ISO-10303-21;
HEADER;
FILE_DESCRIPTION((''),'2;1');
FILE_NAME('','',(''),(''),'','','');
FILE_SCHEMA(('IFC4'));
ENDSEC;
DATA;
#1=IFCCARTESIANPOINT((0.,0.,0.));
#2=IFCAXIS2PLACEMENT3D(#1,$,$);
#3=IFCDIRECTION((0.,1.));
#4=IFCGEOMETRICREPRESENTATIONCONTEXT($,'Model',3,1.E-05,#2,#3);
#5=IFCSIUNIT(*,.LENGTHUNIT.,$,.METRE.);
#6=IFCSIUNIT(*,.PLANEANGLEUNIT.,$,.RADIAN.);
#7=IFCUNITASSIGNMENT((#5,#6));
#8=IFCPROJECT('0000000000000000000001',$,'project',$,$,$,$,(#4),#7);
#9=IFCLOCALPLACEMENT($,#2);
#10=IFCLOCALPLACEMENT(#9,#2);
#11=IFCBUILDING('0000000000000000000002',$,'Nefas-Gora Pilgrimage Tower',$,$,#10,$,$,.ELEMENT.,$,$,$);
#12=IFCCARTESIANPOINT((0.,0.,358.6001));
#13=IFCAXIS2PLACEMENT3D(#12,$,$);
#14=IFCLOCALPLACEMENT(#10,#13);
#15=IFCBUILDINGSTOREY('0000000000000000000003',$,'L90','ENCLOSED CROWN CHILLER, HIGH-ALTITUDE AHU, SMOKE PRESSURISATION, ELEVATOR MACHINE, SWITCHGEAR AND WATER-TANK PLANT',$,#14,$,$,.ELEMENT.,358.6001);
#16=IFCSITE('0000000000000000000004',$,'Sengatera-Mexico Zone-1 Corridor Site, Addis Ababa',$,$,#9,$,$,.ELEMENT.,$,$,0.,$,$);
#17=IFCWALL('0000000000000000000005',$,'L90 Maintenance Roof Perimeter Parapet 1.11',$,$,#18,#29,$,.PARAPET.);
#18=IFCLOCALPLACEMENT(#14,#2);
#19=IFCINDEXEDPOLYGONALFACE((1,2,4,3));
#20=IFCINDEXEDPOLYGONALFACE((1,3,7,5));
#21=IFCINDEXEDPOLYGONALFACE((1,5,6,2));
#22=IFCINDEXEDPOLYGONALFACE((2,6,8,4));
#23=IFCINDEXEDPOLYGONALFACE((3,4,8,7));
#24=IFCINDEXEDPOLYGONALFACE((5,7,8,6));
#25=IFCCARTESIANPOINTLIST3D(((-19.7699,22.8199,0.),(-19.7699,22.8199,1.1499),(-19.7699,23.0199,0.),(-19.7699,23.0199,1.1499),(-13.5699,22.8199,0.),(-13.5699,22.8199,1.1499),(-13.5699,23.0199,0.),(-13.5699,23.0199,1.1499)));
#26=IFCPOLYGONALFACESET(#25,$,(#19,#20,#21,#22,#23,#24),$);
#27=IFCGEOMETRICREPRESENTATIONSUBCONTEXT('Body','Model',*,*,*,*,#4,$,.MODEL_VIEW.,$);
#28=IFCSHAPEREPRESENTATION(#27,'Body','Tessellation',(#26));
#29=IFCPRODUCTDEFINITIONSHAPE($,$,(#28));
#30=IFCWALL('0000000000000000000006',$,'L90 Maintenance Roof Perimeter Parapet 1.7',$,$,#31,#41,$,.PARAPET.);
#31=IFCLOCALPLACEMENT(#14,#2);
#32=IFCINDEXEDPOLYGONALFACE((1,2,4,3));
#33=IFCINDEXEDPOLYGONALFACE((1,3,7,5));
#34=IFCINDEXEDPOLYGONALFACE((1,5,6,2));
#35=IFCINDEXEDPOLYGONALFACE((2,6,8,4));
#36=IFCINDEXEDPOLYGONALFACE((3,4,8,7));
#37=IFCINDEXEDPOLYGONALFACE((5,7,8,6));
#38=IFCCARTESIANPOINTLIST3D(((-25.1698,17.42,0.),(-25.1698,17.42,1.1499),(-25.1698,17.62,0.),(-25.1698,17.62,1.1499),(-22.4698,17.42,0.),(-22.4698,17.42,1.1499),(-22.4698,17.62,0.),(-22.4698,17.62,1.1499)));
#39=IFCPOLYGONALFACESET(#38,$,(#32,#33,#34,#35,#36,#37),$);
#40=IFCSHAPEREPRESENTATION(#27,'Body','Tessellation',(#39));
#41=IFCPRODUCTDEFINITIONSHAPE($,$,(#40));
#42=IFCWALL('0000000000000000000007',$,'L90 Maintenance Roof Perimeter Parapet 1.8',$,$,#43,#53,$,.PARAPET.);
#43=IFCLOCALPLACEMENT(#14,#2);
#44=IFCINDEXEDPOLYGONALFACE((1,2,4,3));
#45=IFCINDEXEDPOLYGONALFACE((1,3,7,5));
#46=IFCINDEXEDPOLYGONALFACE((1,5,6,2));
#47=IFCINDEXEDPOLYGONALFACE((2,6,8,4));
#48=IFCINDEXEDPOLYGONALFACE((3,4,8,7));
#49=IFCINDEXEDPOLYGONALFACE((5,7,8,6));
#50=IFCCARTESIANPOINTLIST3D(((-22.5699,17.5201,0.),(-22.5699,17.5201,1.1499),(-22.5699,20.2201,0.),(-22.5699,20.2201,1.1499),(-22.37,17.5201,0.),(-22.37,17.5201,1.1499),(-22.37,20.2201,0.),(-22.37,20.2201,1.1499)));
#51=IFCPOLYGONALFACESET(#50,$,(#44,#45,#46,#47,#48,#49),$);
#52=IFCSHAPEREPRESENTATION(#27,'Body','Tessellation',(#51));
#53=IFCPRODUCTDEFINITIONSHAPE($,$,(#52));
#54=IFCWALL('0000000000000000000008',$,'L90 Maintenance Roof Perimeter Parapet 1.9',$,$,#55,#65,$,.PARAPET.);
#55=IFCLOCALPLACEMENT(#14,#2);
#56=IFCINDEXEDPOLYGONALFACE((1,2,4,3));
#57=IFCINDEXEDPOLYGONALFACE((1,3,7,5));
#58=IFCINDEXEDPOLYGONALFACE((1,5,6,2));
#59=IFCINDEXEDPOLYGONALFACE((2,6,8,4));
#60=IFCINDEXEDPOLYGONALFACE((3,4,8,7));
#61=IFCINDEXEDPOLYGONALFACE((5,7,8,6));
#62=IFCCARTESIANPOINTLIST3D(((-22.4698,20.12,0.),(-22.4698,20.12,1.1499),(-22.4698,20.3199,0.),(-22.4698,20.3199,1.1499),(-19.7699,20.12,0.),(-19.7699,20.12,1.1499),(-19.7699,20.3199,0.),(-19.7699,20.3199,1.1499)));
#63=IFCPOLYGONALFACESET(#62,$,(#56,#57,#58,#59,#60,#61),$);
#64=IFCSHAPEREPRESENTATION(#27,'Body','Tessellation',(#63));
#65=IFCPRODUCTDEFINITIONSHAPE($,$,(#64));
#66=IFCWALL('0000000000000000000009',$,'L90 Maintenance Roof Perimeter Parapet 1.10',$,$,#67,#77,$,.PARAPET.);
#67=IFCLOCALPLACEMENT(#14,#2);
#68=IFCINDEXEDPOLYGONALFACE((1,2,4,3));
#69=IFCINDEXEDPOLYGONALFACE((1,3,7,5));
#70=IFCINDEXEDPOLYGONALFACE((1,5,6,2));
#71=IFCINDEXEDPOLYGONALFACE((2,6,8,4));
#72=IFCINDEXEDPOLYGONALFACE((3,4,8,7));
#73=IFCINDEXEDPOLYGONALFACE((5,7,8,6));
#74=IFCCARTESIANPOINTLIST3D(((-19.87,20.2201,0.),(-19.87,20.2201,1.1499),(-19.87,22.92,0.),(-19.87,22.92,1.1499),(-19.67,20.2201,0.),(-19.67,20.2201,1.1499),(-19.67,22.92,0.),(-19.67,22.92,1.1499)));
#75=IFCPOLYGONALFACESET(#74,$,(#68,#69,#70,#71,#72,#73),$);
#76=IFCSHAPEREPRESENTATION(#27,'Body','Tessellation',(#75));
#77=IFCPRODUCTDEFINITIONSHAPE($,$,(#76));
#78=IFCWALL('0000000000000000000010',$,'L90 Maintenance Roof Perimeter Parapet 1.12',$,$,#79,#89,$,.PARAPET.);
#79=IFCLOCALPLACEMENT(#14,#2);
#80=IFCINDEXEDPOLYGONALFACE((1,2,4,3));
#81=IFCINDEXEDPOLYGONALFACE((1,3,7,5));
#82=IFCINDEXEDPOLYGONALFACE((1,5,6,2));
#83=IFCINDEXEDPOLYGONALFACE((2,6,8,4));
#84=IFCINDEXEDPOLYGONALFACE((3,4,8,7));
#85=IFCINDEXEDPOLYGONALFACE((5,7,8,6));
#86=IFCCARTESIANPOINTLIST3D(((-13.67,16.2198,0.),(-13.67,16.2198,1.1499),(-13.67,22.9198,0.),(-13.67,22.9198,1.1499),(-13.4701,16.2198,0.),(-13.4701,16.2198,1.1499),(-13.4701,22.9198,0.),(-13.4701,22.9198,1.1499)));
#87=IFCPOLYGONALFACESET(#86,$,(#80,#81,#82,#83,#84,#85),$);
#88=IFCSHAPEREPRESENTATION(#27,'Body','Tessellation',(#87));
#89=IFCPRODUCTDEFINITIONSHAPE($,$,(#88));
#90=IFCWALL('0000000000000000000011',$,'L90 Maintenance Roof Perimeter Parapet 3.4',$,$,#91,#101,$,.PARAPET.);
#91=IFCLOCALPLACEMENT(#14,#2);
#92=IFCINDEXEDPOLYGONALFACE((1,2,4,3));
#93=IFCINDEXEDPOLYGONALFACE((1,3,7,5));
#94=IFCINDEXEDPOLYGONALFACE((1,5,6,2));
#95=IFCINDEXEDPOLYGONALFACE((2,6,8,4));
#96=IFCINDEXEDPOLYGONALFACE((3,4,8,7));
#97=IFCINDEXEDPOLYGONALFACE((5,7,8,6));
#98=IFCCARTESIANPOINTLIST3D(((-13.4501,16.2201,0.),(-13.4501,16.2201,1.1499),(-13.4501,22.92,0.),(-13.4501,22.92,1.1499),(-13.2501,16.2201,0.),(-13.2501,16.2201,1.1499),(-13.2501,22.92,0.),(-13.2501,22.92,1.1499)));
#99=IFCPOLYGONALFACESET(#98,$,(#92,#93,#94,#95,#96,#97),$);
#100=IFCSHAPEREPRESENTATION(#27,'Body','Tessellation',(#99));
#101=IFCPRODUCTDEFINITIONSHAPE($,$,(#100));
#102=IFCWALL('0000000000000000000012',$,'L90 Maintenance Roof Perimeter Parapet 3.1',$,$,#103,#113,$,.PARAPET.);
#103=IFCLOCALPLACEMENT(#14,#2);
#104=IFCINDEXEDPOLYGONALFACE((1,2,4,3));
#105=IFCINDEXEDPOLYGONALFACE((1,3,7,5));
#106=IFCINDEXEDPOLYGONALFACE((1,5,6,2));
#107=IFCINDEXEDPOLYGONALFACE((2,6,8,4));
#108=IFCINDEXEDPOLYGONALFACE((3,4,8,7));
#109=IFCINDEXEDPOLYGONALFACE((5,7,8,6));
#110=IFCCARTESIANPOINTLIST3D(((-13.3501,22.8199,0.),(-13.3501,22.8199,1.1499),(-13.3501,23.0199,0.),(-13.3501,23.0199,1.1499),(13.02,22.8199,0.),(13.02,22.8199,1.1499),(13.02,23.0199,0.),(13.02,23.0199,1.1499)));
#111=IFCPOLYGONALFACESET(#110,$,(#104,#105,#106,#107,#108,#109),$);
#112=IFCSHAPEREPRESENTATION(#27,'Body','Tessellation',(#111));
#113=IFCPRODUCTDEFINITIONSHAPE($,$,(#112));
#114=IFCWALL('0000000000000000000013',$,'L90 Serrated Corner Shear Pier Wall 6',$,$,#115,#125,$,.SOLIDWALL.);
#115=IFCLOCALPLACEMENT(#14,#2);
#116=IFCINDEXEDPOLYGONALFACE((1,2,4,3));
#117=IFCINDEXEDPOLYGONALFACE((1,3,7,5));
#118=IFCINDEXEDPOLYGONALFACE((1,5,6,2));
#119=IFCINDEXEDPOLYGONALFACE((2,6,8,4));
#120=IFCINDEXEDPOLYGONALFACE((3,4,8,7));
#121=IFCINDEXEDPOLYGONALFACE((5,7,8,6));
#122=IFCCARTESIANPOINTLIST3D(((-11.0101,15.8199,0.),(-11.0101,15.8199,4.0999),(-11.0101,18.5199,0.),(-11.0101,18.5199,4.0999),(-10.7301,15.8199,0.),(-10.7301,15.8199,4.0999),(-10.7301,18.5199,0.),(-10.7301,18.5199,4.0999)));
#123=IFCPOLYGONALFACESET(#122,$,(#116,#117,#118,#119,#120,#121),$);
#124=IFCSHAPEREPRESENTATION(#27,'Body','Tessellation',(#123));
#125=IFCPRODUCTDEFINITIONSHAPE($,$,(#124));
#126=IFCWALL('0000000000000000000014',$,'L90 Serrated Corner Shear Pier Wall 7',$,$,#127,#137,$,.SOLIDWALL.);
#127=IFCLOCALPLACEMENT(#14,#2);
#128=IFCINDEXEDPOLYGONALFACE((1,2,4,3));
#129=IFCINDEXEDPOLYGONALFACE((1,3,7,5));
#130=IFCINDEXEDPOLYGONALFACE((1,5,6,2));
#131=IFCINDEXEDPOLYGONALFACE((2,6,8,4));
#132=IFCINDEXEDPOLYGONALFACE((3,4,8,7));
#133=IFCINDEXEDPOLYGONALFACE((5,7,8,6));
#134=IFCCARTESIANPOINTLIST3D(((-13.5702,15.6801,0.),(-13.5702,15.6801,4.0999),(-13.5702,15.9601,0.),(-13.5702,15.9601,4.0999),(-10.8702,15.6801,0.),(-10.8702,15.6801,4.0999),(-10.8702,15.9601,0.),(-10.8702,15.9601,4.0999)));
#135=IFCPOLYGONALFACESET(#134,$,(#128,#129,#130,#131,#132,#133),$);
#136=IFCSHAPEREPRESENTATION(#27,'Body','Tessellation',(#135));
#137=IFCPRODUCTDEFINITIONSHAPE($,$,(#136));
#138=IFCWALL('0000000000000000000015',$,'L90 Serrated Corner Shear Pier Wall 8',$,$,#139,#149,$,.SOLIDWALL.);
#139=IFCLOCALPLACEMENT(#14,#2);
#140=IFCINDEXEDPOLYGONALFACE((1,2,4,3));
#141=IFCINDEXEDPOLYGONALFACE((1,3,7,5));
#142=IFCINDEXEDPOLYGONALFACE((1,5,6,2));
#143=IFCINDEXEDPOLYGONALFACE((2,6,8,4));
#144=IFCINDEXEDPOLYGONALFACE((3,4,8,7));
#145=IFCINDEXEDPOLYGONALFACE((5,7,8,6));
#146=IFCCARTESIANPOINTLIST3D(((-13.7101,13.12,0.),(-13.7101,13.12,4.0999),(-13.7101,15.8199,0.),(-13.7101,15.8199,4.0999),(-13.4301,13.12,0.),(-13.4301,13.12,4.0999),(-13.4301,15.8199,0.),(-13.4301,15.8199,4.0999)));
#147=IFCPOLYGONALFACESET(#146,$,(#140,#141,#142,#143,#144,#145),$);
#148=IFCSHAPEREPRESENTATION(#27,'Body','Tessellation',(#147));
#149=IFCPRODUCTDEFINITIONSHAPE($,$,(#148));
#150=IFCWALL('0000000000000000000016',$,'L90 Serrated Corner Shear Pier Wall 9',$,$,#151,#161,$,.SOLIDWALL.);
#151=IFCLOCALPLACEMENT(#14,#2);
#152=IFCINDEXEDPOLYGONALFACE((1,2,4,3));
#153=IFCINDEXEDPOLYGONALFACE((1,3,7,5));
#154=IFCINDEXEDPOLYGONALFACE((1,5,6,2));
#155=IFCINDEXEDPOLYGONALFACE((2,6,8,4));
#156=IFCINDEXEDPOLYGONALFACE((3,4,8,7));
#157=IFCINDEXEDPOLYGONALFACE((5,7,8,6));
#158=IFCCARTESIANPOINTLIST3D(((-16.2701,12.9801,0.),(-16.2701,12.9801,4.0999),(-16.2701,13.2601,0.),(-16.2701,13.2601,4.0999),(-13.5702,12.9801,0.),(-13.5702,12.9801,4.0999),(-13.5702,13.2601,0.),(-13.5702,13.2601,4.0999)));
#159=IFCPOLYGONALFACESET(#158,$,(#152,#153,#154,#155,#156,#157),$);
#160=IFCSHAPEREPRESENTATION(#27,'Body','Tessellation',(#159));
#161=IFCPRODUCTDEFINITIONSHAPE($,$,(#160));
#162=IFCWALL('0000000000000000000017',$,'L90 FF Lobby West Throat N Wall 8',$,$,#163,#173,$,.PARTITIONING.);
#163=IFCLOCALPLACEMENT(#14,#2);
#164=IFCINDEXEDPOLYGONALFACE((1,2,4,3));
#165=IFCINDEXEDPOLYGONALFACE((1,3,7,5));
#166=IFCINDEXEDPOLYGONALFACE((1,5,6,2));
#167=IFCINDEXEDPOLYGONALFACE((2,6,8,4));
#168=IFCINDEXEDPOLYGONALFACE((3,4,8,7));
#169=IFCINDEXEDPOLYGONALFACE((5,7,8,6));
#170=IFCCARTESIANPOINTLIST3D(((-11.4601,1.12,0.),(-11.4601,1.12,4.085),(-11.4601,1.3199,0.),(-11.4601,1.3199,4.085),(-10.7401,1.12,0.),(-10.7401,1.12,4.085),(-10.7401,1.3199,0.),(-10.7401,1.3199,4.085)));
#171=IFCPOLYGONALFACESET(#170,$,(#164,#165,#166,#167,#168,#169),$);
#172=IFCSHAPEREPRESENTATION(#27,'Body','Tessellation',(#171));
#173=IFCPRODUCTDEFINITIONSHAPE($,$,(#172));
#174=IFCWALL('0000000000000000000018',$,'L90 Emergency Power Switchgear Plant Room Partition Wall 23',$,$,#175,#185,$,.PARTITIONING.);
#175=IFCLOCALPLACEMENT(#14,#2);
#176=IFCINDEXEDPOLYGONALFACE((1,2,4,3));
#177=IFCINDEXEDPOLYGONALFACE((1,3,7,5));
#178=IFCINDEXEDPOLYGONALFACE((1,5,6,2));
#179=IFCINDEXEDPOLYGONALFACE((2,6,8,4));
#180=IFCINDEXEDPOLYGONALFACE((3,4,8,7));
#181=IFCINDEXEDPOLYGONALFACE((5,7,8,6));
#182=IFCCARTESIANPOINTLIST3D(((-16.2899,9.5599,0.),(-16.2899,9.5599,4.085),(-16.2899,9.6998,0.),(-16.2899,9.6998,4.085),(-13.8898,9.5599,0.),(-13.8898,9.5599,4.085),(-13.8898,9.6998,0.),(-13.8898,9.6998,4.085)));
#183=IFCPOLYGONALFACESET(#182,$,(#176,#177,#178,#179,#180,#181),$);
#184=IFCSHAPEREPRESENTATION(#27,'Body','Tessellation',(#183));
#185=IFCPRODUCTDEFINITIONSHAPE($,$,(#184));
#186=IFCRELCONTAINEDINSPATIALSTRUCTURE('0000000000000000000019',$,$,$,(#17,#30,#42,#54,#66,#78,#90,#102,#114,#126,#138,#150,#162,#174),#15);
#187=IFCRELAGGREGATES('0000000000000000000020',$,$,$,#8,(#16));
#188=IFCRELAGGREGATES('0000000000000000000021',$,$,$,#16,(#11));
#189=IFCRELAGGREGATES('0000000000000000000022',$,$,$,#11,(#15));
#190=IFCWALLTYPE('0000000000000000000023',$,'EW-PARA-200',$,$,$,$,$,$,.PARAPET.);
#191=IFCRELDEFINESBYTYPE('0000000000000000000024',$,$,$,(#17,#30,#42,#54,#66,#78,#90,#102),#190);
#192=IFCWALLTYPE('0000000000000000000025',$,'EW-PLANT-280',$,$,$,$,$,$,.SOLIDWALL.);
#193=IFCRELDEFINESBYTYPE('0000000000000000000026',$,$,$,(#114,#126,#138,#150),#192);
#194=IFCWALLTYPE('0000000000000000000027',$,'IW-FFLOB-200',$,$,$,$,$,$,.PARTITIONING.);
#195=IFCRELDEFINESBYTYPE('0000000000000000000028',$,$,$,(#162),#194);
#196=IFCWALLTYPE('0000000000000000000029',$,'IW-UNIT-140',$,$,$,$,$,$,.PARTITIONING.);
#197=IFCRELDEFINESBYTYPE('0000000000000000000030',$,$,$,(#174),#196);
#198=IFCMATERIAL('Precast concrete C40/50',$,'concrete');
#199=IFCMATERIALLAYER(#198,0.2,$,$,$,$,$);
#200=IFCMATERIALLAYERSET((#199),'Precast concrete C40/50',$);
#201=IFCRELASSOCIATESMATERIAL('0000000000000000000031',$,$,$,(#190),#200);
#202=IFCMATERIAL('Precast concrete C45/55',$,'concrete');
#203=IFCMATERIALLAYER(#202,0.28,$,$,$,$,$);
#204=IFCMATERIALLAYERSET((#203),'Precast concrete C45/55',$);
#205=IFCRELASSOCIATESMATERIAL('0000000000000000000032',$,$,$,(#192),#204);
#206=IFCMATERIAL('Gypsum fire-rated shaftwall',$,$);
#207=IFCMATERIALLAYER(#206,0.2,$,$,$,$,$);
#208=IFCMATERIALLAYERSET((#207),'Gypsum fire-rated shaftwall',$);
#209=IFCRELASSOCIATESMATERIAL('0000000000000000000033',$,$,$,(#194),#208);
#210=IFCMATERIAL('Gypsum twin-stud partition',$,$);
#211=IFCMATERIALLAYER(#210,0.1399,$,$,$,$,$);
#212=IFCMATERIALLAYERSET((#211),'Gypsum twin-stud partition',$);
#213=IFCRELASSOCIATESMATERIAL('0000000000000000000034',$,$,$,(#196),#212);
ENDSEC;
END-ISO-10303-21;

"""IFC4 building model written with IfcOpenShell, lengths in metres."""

from ifc_helpers import new_model, si_unit, direction, frame, frame_2d, origin, place, context, subcontext, project, spatial, rectangle, extrude, source, transform, mapped, material, layer, layer_set, type_object, element, save


model = new_model("IFC4")

# Units and contexts
model_context = context("Model", 3, precision=1e-05, world=origin(), true_north=direction((0.0, 1.0)))
body_context = subcontext(model_context, "Body", "Model", "MODEL_VIEW")
ifc_project = project(units=[si_unit("LENGTHUNIT", "METRE"), si_unit("PLANEANGLEUNIT", "RADIAN")], contexts=[model_context])

# Site, building, storey
site_placement = place(None, origin())
site = spatial("IfcSite", under=ifc_project, at=site_placement, Name="Sengatera-Mexico Zone-1 Corridor Site, Addis Ababa", CompositionType="ELEMENT", RefElevation=0.0)
building_placement = place(site_placement, origin())
building = spatial("IfcBuilding", under=site, at=building_placement, Name="Nefas-Gora Pilgrimage Tower", CompositionType="ELEMENT")
storey_placement = place(building_placement, frame((0.0, 0.0, 358.6001)))
storey = spatial("IfcBuildingStorey", under=building, at=storey_placement, Name="L90", Description="ENCLOSED CROWN CHILLER, HIGH-ALTITUDE AHU, SMOKE PRESSURISATION, ELEVATOR MACHINE, SWITCHGEAR AND WATER-TANK PLANT", CompositionType="ELEMENT", Elevation=358.6001)

# Walls
ifc_material_1 = material(Name="Precast concrete C40/50", Category="concrete")
ifc_layer_1 = layer(ifc_material_1, 0.2)
ifc_layer_set_1 = layer_set([ifc_layer_1], Name="Precast concrete C40/50")
wall_type_1 = type_object("IfcWallType", Name="EW-PARA-200", PredefinedType="PARAPET", material=ifc_layer_set_1)
shared_shape_1 = source(origin(), body_context, "Body", "SweptSolid", [
    extrude(rectangle(XDim=6.2, YDim=0.2, at=frame_2d((3.1001, 0.0))), origin(), (0.0, 0.0, 1.0), 1.1499),
])
wall_1_placement = place(storey_placement, frame((-19.77, 22.9199, 0.0), z_axis=(0.0, 0.0, 1.0), x_axis=(1.0, 0.0, 0.0)))
element("IfcWall", 1, at=wall_1_placement, inside=storey, type_object=wall_type_1, Name="L90 Maintenance Roof Perimeter Parapet 1.11", PredefinedType="PARAPET", context=body_context, shape_type="MappedRepresentation", body=[
    mapped(shared_shape_1, transform((0.0, 0.0, 0.0), x_axis=(1.0, 0.0, 0.0), y_axis=(0.0, 1.0, 0.0), z_axis=(0.0, 0.0, 1.0), scale=1.0)),
])
shared_shape_2 = source(origin(), body_context, "Body", "SweptSolid", [
    extrude(rectangle(XDim=2.7, YDim=0.2, at=frame_2d((1.3501, 0.0))), origin(), (0.0, 0.0, 1.0), 1.1499),
])
for number, where, z_axis, x_axis, name in (
    (2, (-25.1699, 17.52, 0.0), (0.0, 0.0, 1.0), (1.0, 0.0, 0.0), "L90 Maintenance Roof Perimeter Parapet 1.7"),
    (3, (-22.47, 17.52, 0.0), (0.0, 0.0, 1.0), (0.0, 1.0, 0.0), "L90 Maintenance Roof Perimeter Parapet 1.8"),
    (4, (-22.47, 20.22, 0.0), (0.0, 0.0, 1.0), (1.0, 0.0, 0.0), "L90 Maintenance Roof Perimeter Parapet 1.9"),
    (5, (-19.77, 20.22, 0.0), (0.0, 0.0, 1.0), (0.0, 1.0, 0.0), "L90 Maintenance Roof Perimeter Parapet 1.10"),
):
    element("IfcWall", number, at=place(storey_placement, frame(where, z_axis=z_axis, x_axis=x_axis)), inside=storey, type_object=wall_type_1, Name=name, PredefinedType="PARAPET", context=body_context, shape_type="MappedRepresentation", body=[
        mapped(shared_shape_2, transform((0.0, 0.0, 0.0), x_axis=(1.0, 0.0, 0.0), y_axis=(0.0, 1.0, 0.0), z_axis=(0.0, 0.0, 1.0), scale=1.0)),
    ])
shared_shape_3 = source(origin(), body_context, "Body", "SweptSolid", [
    extrude(rectangle(XDim=6.7, YDim=0.2, at=frame_2d((3.3501, 0.0))), origin(), (0.0, 0.0, 1.0), 1.1499),
])
for number, where, z_axis, x_axis, name in (
    (6, (-13.5701, 22.9199, 0.0), (0.0, 0.0, 1.0), (0.0, -1.0, 0.0), "L90 Maintenance Roof Perimeter Parapet 1.12"),
    (7, (-13.3501, 16.22, 0.0), (0.0, 0.0, 1.0), (0.0, 1.0, 0.0), "L90 Maintenance Roof Perimeter Parapet 3.4"),
):
    element("IfcWall", number, at=place(storey_placement, frame(where, z_axis=z_axis, x_axis=x_axis)), inside=storey, type_object=wall_type_1, Name=name, PredefinedType="PARAPET", context=body_context, shape_type="MappedRepresentation", body=[
        mapped(shared_shape_3, transform((0.0, 0.0, 0.0), x_axis=(1.0, 0.0, 0.0), y_axis=(0.0, 1.0, 0.0), z_axis=(0.0, 0.0, 1.0), scale=1.0)),
    ])
shared_shape_4 = source(origin(), body_context, "Body", "SweptSolid", [
    extrude(rectangle(XDim=26.3701, YDim=0.2, at=frame_2d((13.1851, 0.0))), origin(), (0.0, 0.0, 1.0), 1.1499),
])
wall_2_placement = place(storey_placement, frame((-13.3501, 22.9199, 0.0), z_axis=(0.0, 0.0, 1.0), x_axis=(1.0, 0.0, 0.0)))
element("IfcWall", 8, at=wall_2_placement, inside=storey, type_object=wall_type_1, Name="L90 Maintenance Roof Perimeter Parapet 3.1", PredefinedType="PARAPET", context=body_context, shape_type="MappedRepresentation", body=[
    mapped(shared_shape_4, transform((0.0, 0.0, 0.0), x_axis=(1.0, 0.0, 0.0), y_axis=(0.0, 1.0, 0.0), z_axis=(0.0, 0.0, 1.0), scale=1.0)),
])
ifc_material_2 = material(Name="Precast concrete C45/55", Category="concrete")
ifc_layer_2 = layer(ifc_material_2, 0.28)
ifc_layer_set_2 = layer_set([ifc_layer_2], Name="Precast concrete C45/55")
wall_type_2 = type_object("IfcWallType", Name="EW-PLANT-280", PredefinedType="SOLIDWALL", material=ifc_layer_set_2)
shared_shape_5 = source(origin(), body_context, "Body", "SweptSolid", [
    extrude(rectangle(XDim=2.7, YDim=0.28, at=frame_2d((1.3501, 0.0))), origin(), (0.0, 0.0, 1.0), 4.0999),
])
for number, where, z_axis, x_axis, name in (
    (9, (-10.8701, 18.52, 0.0), (0.0, 0.0, 1.0), (0.0, -1.0, 0.0), "L90 Serrated Corner Shear Pier Wall 6"),
    (10, (-10.8701, 15.8201, 0.0), (0.0, 0.0, 1.0), (-1.0, 0.0, 0.0), "L90 Serrated Corner Shear Pier Wall 7"),
    (11, (-13.5701, 15.8201, 0.0), (0.0, 0.0, 1.0), (0.0, -1.0, 0.0), "L90 Serrated Corner Shear Pier Wall 8"),
    (12, (-13.5701, 13.1201, 0.0), (0.0, 0.0, 1.0), (-1.0, 0.0, 0.0), "L90 Serrated Corner Shear Pier Wall 9"),
):
    element("IfcWall", number, at=place(storey_placement, frame(where, z_axis=z_axis, x_axis=x_axis)), inside=storey, type_object=wall_type_2, Name=name, PredefinedType="SOLIDWALL", context=body_context, shape_type="MappedRepresentation", body=[
        mapped(shared_shape_5, transform((0.0, 0.0, 0.0), x_axis=(1.0, 0.0, 0.0), y_axis=(0.0, 1.0, 0.0), z_axis=(0.0, 0.0, 1.0), scale=1.0)),
    ])
ifc_material_3 = material(Name="Gypsum fire-rated shaftwall")
ifc_layer_3 = layer(ifc_material_3, 0.2)
ifc_layer_set_3 = layer_set([ifc_layer_3], Name="Gypsum fire-rated shaftwall")
wall_type_3 = type_object("IfcWallType", Name="IW-FFLOB-200", PredefinedType="PARTITIONING", material=ifc_layer_set_3)
shared_shape_6 = source(origin(), body_context, "Body", "SweptSolid", [
    extrude(rectangle(XDim=0.72, YDim=0.2, at=frame_2d((0.3599, 0.0))), origin(), (0.0, 0.0, 1.0), 4.085),
])
wall_3_placement = place(storey_placement, frame((-11.46, 1.22, 0.0), z_axis=(0.0, 0.0, 1.0), x_axis=(1.0, 0.0, 0.0)))
element("IfcWall", 13, at=wall_3_placement, inside=storey, type_object=wall_type_3, Name="L90 FF Lobby West Throat N Wall 8", PredefinedType="PARTITIONING", context=body_context, shape_type="MappedRepresentation", body=[
    mapped(shared_shape_6, transform((0.0, 0.0, 0.0), x_axis=(1.0, 0.0, 0.0), y_axis=(0.0, 1.0, 0.0), z_axis=(0.0, 0.0, 1.0), scale=1.0)),
])
ifc_material_4 = material(Name="Gypsum twin-stud partition")
ifc_layer_4 = layer(ifc_material_4, 0.1399)
ifc_layer_set_4 = layer_set([ifc_layer_4], Name="Gypsum twin-stud partition")
wall_type_4 = type_object("IfcWallType", Name="IW-UNIT-140", PredefinedType="PARTITIONING", material=ifc_layer_set_4)
shared_shape_7 = source(origin(), body_context, "Body", "SweptSolid", [
    extrude(rectangle(XDim=2.4001, YDim=0.1399, at=frame_2d((1.2002, 0.0))), origin(), (0.0, 0.0, 1.0), 4.085),
])
wall_4_placement = place(storey_placement, frame((-16.29, 9.6299, 0.0), z_axis=(0.0, 0.0, 1.0), x_axis=(1.0, 0.0, 0.0)))
element("IfcWall", 14, at=wall_4_placement, inside=storey, type_object=wall_type_4, Name="L90 Emergency Power Switchgear Plant Room Partition Wall 23", PredefinedType="PARTITIONING", context=body_context, shape_type="MappedRepresentation", body=[
    mapped(shared_shape_7, transform((0.0, 0.0, 0.0), x_axis=(1.0, 0.0, 0.0), y_axis=(0.0, 1.0, 0.0), z_axis=(0.0, 0.0, 1.0), scale=1.0)),
])

save(model, "model.ifc")
